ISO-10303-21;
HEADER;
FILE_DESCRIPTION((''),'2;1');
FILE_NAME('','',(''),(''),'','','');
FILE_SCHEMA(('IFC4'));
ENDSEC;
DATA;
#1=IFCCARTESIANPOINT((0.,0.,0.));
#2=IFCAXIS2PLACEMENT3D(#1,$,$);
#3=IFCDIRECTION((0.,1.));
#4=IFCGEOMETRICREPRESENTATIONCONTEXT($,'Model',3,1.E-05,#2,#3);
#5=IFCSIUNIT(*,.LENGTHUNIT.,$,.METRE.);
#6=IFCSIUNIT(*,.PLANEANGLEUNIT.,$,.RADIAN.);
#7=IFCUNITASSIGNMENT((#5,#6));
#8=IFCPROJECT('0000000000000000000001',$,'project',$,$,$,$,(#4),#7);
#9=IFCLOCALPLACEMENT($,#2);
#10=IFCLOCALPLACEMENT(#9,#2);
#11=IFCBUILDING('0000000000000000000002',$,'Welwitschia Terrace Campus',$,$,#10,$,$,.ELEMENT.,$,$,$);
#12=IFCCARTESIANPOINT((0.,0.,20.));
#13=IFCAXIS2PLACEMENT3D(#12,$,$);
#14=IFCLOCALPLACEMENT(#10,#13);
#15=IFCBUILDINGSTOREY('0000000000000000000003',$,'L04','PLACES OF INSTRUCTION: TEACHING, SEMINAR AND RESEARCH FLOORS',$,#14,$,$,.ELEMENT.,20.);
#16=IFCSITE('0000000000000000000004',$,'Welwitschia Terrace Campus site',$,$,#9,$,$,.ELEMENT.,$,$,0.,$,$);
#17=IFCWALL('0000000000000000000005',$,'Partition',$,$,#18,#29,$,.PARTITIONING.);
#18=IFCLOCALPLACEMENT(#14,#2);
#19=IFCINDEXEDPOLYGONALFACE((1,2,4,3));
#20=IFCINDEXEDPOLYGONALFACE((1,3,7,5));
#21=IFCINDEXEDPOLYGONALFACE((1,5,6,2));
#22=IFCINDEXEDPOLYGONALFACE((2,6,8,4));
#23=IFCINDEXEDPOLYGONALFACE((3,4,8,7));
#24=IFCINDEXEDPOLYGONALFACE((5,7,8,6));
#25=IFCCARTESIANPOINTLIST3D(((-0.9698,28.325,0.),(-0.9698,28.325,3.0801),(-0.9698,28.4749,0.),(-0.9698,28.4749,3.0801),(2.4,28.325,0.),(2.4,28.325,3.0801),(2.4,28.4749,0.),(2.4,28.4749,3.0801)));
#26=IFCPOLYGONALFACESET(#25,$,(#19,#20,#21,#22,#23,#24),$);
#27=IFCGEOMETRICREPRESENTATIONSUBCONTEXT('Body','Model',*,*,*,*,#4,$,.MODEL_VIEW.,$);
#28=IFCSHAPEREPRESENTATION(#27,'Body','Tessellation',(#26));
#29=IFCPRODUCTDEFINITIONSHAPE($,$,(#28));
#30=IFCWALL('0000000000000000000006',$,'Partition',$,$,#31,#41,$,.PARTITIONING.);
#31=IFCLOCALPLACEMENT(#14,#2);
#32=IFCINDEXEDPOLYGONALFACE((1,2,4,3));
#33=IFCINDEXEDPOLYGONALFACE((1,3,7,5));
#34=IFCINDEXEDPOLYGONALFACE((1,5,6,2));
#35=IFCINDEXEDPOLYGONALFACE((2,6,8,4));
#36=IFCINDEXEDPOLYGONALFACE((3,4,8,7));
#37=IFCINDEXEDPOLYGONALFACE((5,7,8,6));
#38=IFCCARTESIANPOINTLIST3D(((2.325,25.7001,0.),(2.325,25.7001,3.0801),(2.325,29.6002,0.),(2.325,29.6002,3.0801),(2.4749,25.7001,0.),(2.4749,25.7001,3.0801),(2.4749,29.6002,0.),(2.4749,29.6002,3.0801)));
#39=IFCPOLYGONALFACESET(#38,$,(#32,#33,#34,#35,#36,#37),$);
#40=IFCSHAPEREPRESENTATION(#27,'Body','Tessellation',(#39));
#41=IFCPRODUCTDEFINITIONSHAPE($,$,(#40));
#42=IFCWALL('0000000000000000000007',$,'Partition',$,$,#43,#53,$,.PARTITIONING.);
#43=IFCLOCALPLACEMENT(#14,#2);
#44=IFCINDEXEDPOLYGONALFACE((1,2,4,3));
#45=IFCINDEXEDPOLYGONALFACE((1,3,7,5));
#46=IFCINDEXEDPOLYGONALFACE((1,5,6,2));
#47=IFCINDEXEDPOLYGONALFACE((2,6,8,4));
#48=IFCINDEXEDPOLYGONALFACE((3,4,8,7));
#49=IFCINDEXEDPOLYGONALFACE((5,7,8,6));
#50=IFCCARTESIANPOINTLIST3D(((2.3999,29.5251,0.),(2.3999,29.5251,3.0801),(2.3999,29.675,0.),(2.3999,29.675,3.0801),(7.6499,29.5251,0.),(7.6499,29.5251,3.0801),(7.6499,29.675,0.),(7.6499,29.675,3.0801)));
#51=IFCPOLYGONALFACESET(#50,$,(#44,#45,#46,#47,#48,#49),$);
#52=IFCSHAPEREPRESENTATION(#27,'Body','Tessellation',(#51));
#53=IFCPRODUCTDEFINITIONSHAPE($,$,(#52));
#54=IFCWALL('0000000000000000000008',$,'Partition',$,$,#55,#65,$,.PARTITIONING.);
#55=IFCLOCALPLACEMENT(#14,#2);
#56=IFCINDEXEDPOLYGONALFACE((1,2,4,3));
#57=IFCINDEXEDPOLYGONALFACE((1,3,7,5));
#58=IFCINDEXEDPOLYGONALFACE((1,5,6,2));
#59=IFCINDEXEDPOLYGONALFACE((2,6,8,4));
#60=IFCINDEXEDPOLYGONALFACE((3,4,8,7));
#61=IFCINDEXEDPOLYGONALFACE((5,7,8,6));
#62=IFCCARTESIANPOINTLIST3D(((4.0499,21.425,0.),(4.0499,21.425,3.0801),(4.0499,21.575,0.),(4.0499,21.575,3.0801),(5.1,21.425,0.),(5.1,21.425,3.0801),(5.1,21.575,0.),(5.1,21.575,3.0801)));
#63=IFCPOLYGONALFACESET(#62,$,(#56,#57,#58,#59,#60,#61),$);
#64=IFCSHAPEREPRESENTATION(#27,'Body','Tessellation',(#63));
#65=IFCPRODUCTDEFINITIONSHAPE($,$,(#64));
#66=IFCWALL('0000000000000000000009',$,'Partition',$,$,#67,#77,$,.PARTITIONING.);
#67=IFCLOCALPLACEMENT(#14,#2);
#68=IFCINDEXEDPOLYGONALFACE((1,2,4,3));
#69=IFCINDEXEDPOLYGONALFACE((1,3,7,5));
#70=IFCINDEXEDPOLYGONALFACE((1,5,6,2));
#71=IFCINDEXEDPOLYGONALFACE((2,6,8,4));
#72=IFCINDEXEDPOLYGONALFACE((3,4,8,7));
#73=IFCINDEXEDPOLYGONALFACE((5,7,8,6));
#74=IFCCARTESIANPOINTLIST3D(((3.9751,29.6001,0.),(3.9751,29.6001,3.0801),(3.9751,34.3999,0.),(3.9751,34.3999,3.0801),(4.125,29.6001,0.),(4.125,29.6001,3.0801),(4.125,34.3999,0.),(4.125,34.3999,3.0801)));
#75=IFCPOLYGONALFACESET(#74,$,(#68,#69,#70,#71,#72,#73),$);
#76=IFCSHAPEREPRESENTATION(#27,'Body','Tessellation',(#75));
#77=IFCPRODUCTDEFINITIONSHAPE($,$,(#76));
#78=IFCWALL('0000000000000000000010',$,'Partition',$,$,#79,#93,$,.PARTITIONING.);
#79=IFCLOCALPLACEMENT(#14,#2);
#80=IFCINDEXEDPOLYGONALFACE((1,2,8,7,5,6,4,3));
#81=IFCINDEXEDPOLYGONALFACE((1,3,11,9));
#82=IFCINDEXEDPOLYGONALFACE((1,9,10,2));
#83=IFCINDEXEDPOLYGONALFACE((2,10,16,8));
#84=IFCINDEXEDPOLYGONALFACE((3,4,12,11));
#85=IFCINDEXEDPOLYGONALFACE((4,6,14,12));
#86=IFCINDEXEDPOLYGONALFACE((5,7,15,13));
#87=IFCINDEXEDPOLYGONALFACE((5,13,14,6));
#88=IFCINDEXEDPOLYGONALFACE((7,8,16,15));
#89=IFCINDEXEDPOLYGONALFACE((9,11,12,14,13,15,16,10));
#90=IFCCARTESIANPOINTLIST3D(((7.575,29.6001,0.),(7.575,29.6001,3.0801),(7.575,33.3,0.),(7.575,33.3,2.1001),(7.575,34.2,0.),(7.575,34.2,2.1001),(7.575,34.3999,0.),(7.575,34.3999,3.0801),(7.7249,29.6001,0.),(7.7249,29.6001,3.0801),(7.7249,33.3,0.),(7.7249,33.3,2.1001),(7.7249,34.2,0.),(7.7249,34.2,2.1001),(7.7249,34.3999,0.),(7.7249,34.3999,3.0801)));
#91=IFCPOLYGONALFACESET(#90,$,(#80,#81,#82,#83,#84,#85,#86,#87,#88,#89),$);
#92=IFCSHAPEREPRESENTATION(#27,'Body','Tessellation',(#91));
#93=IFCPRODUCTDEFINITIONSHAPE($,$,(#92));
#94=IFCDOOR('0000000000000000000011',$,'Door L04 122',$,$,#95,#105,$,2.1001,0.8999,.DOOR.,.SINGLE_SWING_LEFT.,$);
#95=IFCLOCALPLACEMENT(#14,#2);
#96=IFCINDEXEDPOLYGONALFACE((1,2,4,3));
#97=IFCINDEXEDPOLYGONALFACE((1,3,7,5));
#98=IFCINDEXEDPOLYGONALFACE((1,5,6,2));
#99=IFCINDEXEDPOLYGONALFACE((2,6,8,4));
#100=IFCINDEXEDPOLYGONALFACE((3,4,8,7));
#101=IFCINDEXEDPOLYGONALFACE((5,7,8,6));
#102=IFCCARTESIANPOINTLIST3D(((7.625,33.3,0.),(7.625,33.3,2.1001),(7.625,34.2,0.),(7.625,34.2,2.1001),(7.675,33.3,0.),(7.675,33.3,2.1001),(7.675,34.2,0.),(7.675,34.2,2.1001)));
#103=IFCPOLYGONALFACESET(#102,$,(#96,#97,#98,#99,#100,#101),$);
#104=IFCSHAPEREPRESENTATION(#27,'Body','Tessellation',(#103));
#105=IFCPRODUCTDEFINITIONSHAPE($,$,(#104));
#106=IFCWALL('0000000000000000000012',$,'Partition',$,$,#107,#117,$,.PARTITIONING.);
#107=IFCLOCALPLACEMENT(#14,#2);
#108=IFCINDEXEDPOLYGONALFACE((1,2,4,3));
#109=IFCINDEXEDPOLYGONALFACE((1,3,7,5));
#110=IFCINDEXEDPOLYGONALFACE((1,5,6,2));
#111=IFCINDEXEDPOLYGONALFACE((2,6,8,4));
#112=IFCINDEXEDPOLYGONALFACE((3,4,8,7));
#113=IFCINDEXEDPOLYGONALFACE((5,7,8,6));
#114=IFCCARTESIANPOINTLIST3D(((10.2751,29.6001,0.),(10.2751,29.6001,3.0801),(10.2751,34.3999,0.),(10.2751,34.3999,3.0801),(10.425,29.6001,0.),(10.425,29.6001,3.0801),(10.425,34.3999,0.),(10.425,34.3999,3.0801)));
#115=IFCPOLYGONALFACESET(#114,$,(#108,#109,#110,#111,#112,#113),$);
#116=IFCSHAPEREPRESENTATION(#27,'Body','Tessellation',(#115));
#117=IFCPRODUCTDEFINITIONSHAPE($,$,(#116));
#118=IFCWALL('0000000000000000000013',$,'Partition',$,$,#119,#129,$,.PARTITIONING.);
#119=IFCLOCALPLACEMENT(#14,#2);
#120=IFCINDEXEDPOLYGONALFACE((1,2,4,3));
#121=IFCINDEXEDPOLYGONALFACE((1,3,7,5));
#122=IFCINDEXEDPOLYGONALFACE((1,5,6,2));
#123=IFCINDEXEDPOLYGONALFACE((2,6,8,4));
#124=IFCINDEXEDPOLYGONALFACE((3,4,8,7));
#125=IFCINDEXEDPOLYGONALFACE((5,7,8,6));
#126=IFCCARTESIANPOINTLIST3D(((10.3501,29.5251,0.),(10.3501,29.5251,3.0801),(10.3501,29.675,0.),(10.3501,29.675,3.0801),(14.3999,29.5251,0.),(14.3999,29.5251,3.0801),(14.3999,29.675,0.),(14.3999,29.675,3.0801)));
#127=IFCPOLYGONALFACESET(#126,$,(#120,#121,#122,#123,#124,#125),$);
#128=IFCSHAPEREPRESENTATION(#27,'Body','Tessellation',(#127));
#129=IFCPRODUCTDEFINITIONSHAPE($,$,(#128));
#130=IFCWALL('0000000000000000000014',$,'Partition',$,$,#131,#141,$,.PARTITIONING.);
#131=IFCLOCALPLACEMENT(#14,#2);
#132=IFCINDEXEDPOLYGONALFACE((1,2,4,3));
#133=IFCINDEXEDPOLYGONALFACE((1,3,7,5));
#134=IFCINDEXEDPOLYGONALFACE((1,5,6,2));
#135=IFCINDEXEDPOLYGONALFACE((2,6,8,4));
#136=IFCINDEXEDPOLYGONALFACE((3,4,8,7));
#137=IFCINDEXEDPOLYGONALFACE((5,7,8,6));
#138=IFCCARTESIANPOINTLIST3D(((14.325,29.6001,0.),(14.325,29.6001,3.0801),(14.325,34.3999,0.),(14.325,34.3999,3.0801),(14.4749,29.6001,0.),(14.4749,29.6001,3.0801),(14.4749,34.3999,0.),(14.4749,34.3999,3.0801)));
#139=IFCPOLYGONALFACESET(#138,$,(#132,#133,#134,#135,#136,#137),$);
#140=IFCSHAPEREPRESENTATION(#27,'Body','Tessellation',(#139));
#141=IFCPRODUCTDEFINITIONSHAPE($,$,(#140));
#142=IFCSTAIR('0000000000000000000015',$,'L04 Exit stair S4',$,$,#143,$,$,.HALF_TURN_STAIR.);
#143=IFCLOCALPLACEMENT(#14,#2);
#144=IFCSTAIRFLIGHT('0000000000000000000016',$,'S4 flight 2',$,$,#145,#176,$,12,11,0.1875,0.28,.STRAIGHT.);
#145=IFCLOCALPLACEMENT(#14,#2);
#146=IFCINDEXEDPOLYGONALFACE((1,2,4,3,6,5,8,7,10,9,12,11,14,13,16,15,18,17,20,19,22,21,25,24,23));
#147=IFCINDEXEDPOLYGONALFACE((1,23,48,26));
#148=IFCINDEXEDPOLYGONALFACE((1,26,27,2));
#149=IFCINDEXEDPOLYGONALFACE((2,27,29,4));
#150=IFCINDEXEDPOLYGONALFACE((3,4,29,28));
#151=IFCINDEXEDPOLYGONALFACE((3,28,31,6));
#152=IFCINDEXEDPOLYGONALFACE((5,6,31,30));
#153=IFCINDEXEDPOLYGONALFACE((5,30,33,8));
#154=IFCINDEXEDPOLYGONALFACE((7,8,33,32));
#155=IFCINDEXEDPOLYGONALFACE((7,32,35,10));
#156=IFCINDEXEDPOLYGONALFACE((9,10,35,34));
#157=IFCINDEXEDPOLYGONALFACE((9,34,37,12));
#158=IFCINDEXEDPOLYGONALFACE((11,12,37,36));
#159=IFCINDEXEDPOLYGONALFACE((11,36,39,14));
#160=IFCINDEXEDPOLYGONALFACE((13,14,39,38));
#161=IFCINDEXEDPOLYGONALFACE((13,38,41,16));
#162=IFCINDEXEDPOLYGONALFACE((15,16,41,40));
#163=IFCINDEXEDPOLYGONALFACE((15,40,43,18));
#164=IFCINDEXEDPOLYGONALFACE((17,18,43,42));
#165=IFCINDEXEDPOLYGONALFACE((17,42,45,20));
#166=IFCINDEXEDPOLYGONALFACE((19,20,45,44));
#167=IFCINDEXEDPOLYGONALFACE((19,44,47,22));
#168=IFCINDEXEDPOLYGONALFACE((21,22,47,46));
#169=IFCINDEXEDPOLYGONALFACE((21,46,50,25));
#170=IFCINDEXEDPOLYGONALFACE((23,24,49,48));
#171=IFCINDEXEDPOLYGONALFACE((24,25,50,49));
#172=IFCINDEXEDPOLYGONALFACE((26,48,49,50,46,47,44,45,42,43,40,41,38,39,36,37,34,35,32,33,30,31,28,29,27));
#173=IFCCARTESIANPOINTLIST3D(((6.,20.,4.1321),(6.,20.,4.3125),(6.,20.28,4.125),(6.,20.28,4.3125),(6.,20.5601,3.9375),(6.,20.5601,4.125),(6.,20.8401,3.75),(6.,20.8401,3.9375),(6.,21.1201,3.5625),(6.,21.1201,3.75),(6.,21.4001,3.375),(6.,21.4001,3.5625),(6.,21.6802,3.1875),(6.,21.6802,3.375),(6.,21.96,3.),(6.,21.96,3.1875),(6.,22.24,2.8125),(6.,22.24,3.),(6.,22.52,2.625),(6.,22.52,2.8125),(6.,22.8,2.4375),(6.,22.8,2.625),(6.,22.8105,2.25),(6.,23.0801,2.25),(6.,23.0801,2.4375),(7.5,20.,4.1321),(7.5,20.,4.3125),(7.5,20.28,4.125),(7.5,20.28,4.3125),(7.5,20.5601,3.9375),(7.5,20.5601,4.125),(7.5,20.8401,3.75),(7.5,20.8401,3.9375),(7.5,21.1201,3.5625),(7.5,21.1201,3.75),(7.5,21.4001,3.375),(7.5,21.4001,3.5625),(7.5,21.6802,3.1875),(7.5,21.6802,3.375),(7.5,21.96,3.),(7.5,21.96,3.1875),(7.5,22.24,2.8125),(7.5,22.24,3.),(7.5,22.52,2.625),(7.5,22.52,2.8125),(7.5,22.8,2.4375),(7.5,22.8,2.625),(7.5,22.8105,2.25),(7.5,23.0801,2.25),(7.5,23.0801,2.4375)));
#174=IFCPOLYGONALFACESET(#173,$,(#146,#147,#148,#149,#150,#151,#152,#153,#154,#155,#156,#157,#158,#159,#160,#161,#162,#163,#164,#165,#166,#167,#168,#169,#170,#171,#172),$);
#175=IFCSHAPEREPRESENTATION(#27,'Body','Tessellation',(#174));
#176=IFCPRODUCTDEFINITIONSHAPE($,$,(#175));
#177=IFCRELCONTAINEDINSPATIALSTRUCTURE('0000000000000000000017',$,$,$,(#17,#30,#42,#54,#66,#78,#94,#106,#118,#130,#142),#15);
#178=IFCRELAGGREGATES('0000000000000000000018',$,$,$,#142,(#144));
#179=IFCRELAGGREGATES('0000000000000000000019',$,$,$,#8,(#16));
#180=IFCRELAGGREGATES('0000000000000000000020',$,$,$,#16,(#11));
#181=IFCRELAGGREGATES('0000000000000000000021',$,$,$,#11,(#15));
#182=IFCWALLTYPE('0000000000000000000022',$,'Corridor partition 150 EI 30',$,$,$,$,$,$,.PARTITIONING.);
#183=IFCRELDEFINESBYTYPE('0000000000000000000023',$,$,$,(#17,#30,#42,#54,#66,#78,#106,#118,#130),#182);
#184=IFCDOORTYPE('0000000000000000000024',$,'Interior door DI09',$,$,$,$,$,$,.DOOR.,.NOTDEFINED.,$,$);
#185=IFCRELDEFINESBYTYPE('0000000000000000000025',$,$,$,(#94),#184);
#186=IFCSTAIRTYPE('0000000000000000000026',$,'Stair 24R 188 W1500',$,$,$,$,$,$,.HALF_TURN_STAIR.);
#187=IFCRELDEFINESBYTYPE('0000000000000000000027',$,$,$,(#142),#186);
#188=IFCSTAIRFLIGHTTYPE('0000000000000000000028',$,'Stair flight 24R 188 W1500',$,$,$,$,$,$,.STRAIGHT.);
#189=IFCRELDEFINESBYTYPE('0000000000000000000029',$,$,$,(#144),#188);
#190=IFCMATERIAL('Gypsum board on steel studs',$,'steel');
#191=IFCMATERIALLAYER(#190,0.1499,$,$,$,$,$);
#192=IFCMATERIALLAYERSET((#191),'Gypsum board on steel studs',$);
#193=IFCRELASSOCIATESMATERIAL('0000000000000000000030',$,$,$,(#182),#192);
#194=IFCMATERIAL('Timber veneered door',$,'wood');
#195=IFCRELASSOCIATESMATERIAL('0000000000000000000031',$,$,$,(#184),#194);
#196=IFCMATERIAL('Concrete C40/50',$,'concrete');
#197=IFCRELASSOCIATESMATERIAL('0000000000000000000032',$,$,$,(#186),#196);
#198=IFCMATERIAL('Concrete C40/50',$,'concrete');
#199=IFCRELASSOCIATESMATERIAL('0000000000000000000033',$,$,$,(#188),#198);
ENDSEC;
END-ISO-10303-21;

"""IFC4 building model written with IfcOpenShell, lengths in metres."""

from ifc_helpers import new_model, si_unit, direction, frame, frame_2d, origin, place, context, subcontext, project, spatial, polyline, rectangle, outline, extrude, material, layer, layer_set, type_object, element, fill, aggregate, save


model = new_model("IFC4")

# Units and contexts
model_context = context("Model", 3, precision=1e-05, world=origin(), true_north=direction((0.0, 1.0)))
body_context = subcontext(model_context, "Body", "Model", "MODEL_VIEW")
ifc_project = project(units=[si_unit("LENGTHUNIT", "METRE"), si_unit("PLANEANGLEUNIT", "RADIAN")], contexts=[model_context])

# Site, building, storey
site_placement = place(None, origin())
site = spatial("IfcSite", under=ifc_project, at=site_placement, Name="Welwitschia Terrace Campus site", CompositionType="ELEMENT", RefElevation=0.0)
building_placement = place(site_placement, origin())
building = spatial("IfcBuilding", under=site, at=building_placement, Name="Welwitschia Terrace Campus", CompositionType="ELEMENT")
storey_placement = place(building_placement, frame((0.0, 0.0, 20.0)))
storey = spatial("IfcBuildingStorey", under=building, at=storey_placement, Name="L04", Description="PLACES OF INSTRUCTION: TEACHING, SEMINAR AND RESEARCH FLOORS", CompositionType="ELEMENT", Elevation=20.0)

# Walls
ifc_material_1 = material(Name="Gypsum board on steel studs", Category="steel")
ifc_layer_1 = layer(ifc_material_1, 0.1499)
ifc_layer_set_1 = layer_set([ifc_layer_1], Name="Gypsum board on steel studs")
wall_type_1 = type_object("IfcWallType", Name="Corridor partition 150 EI 30", PredefinedType="PARTITIONING", material=ifc_layer_set_1)
wall_1_placement = place(storey_placement, frame((-0.97, 28.3999, 0.0), z_axis=(0.0, 0.0, 1.0), x_axis=(1.0, 0.0, 0.0)))
element("IfcWall", 1, at=wall_1_placement, inside=storey, type_object=wall_type_1, Name="Partition", PredefinedType="PARTITIONING", context=body_context, shape_type="SweptSolid", body=[
    extrude(rectangle(XDim=3.3699, YDim=0.1499, at=frame_2d((1.6851, 0.0))), origin(), (0.0, 0.0, 1.0), 3.0801),
])
wall_2_placement = place(storey_placement, frame((2.3999, 25.7, 0.0), z_axis=(0.0, 0.0, 1.0), x_axis=(0.0, 1.0, 0.0)))
element("IfcWall", 2, at=wall_2_placement, inside=storey, type_object=wall_type_1, Name="Partition", PredefinedType="PARTITIONING", context=body_context, shape_type="SweptSolid", body=[
    extrude(rectangle(XDim=3.9001, YDim=0.1499, at=frame_2d((1.9502, 0.0))), origin(), (0.0, 0.0, 1.0), 3.0801),
])
wall_3_placement = place(storey_placement, frame((2.3999, 29.6001, 0.0), z_axis=(0.0, 0.0, 1.0), x_axis=(1.0, 0.0, 0.0)))
element("IfcWall", 3, at=wall_3_placement, inside=storey, type_object=wall_type_1, Name="Partition", PredefinedType="PARTITIONING", context=body_context, shape_type="SweptSolid", body=[
    extrude(rectangle(XDim=5.25, YDim=0.1499, at=frame_2d((2.625, 0.0))), origin(), (0.0, 0.0, 1.0), 3.0801),
])
wall_4_placement = place(storey_placement, frame((4.05, 21.5, 0.0), z_axis=(0.0, 0.0, 1.0), x_axis=(1.0, 0.0, 0.0)))
element("IfcWall", 4, at=wall_4_placement, inside=storey, type_object=wall_type_1, Name="Partition", PredefinedType="PARTITIONING", context=body_context, shape_type="SweptSolid", body=[
    extrude(rectangle(XDim=1.05, YDim=0.1499, at=frame_2d((0.5249, 0.0))), origin(), (0.0, 0.0, 1.0), 3.0801),
])
wall_5_placement = place(storey_placement, frame((4.05, 29.6001, 0.0), z_axis=(0.0, 0.0, 1.0), x_axis=(0.0, 1.0, 0.0)))
element("IfcWall", 5, at=wall_5_placement, inside=storey, type_object=wall_type_1, Name="Partition", PredefinedType="PARTITIONING", context=body_context, shape_type="SweptSolid", body=[
    extrude(rectangle(XDim=4.7998, YDim=0.1499, at=frame_2d((2.3999, 0.0))), origin(), (0.0, 0.0, 1.0), 3.0801),
])

# Wall, opening, door
wall_6_placement = place(storey_placement, frame((7.6499, 29.6001, 0.0), z_axis=(0.0, 0.0, 1.0), x_axis=(0.0, 1.0, 0.0)))
wall_6 = element("IfcWall", 6, at=wall_6_placement, inside=storey, type_object=wall_type_1, Name="Partition", PredefinedType="PARTITIONING", context=body_context, shape_type="SweptSolid", body=[
    extrude(rectangle(XDim=4.7998, YDim=0.1499, at=frame_2d((2.3999, 0.0))), origin(), (0.0, 0.0, 1.0), 3.0801),
])
opening_placement = place(wall_6_placement, frame((3.7, 0.0, 0.0)))
opening = element("IfcOpeningElement", 7, at=opening_placement, cuts=wall_6, PredefinedType="OPENING", context=body_context, shape_type="SweptSolid", body=[
    extrude(rectangle(XDim=0.8999, YDim=2.1001, at=frame_2d((0.45, 1.05))), frame((0.0, 0.085, 0.0), z_axis=(0.0, -1.0, 0.0), x_axis=(1.0, 0.0, 0.0)), (0.0, 0.0, 1.0), 0.1699),
])
ifc_material_2 = material(Name="Timber veneered door", Category="wood")
door_type = type_object("IfcDoorType", Name="Interior door DI09", OperationType="NOTDEFINED", PredefinedType="DOOR", material=ifc_material_2)
door_placement = place(opening_placement, origin())
door = element("IfcDoor", 8, at=door_placement, inside=storey, type_object=door_type, Name="Door L04 122", OperationType="SINGLE_SWING_LEFT", OverallHeight=2.1001, OverallWidth=0.8999, PredefinedType="DOOR", context=body_context, shape_type="SweptSolid", body=[
    extrude(rectangle(XDim=0.8999, YDim=2.1001, at=frame_2d((0.45, 1.05))), frame((0.0, 0.0249, 0.0), z_axis=(0.0, -1.0, 0.0), x_axis=(1.0, 0.0, 0.0)), (0.0, 0.0, 1.0), 0.05),
])
fill(opening, door)

# Walls
wall_7_placement = place(storey_placement, frame((10.3501, 29.6001, 0.0), z_axis=(0.0, 0.0, 1.0), x_axis=(0.0, 1.0, 0.0)))
element("IfcWall", 9, at=wall_7_placement, inside=storey, type_object=wall_type_1, Name="Partition", PredefinedType="PARTITIONING", context=body_context, shape_type="SweptSolid", body=[
    extrude(rectangle(XDim=4.7998, YDim=0.1499, at=frame_2d((2.3999, 0.0))), origin(), (0.0, 0.0, 1.0), 3.0801),
])
wall_8_placement = place(storey_placement, frame((10.3501, 29.6001, 0.0), z_axis=(0.0, 0.0, 1.0), x_axis=(1.0, 0.0, 0.0)))
element("IfcWall", 10, at=wall_8_placement, inside=storey, type_object=wall_type_1, Name="Partition", PredefinedType="PARTITIONING", context=body_context, shape_type="SweptSolid", body=[
    extrude(rectangle(XDim=4.0498, YDim=0.1499, at=frame_2d((2.0249, 0.0))), origin(), (0.0, 0.0, 1.0), 3.0801),
])
wall_9_placement = place(storey_placement, frame((14.3999, 29.6001, 0.0), z_axis=(0.0, 0.0, 1.0), x_axis=(0.0, 1.0, 0.0)))
element("IfcWall", 11, at=wall_9_placement, inside=storey, type_object=wall_type_1, Name="Partition", PredefinedType="PARTITIONING", context=body_context, shape_type="SweptSolid", body=[
    extrude(rectangle(XDim=4.7998, YDim=0.1499, at=frame_2d((2.3999, 0.0))), origin(), (0.0, 0.0, 1.0), 3.0801),
])

# Stair, stair flight
ifc_material_3 = material(Name="Concrete C40/50", Category="concrete")
stair_type = type_object("IfcStairType", Name="Stair 24R 188 W1500", PredefinedType="HALF_TURN_STAIR", material=ifc_material_3)
stair_placement = place(storey_placement, origin())
stair = element("IfcStair", 12, at=stair_placement, inside=storey, type_object=stair_type, Name="L04 Exit stair S4", PredefinedType="HALF_TURN_STAIR")
ifc_material_4 = material(Name="Concrete C40/50", Category="concrete")
stair_flight_type = type_object("IfcStairFlightType", Name="Stair flight 24R 188 W1500", PredefinedType="STRAIGHT", material=ifc_material_4)
stair_flight_placement = place(storey_placement, frame((6.75, 23.0801, 2.25), z_axis=(0.0, 0.0, 1.0), x_axis=(0.0, -1.0, 0.0)))
stair_flight = element("IfcStairFlight", 13, at=stair_flight_placement, type_object=stair_flight_type, Name="S4 flight 2", NumberOfRisers=12, NumberOfTreads=11, PredefinedType="STRAIGHT", RiserHeight=0.1875, TreadLength=0.28, context=body_context, shape_type="SweptSolid", body=[
    extrude(outline(polyline([(0.0, 0.0), (0.0, 0.1875), (0.28, 0.1875), (0.28, 0.375), (0.5601, 0.375), (0.5601, 0.5625), (0.8401, 0.5625), (0.8401, 0.75), (1.1201, 0.75), (1.1201, 0.9375), (1.3999, 0.9375), (1.3999, 1.125), (1.6799, 1.125), (1.6799, 1.3125), (1.96, 1.3125), (1.96, 1.5), (2.24, 1.5), (2.24, 1.6875), (2.52, 1.6875), (2.52, 1.875), (2.8, 1.875), (2.8, 2.0625), (3.0801, 2.0625), (3.0801, 2.25), (3.0801, 1.8821), (0.2695, 0.0), (0.0, 0.0)])), frame((0.0, 0.75, 0.0), z_axis=(0.0, -1.0, 0.0), x_axis=(1.0, 0.0, 0.0)), (0.0, 0.0, 1.0), 1.5),
])
aggregate(stair, [stair_flight])

save(model, "model.ifc")
